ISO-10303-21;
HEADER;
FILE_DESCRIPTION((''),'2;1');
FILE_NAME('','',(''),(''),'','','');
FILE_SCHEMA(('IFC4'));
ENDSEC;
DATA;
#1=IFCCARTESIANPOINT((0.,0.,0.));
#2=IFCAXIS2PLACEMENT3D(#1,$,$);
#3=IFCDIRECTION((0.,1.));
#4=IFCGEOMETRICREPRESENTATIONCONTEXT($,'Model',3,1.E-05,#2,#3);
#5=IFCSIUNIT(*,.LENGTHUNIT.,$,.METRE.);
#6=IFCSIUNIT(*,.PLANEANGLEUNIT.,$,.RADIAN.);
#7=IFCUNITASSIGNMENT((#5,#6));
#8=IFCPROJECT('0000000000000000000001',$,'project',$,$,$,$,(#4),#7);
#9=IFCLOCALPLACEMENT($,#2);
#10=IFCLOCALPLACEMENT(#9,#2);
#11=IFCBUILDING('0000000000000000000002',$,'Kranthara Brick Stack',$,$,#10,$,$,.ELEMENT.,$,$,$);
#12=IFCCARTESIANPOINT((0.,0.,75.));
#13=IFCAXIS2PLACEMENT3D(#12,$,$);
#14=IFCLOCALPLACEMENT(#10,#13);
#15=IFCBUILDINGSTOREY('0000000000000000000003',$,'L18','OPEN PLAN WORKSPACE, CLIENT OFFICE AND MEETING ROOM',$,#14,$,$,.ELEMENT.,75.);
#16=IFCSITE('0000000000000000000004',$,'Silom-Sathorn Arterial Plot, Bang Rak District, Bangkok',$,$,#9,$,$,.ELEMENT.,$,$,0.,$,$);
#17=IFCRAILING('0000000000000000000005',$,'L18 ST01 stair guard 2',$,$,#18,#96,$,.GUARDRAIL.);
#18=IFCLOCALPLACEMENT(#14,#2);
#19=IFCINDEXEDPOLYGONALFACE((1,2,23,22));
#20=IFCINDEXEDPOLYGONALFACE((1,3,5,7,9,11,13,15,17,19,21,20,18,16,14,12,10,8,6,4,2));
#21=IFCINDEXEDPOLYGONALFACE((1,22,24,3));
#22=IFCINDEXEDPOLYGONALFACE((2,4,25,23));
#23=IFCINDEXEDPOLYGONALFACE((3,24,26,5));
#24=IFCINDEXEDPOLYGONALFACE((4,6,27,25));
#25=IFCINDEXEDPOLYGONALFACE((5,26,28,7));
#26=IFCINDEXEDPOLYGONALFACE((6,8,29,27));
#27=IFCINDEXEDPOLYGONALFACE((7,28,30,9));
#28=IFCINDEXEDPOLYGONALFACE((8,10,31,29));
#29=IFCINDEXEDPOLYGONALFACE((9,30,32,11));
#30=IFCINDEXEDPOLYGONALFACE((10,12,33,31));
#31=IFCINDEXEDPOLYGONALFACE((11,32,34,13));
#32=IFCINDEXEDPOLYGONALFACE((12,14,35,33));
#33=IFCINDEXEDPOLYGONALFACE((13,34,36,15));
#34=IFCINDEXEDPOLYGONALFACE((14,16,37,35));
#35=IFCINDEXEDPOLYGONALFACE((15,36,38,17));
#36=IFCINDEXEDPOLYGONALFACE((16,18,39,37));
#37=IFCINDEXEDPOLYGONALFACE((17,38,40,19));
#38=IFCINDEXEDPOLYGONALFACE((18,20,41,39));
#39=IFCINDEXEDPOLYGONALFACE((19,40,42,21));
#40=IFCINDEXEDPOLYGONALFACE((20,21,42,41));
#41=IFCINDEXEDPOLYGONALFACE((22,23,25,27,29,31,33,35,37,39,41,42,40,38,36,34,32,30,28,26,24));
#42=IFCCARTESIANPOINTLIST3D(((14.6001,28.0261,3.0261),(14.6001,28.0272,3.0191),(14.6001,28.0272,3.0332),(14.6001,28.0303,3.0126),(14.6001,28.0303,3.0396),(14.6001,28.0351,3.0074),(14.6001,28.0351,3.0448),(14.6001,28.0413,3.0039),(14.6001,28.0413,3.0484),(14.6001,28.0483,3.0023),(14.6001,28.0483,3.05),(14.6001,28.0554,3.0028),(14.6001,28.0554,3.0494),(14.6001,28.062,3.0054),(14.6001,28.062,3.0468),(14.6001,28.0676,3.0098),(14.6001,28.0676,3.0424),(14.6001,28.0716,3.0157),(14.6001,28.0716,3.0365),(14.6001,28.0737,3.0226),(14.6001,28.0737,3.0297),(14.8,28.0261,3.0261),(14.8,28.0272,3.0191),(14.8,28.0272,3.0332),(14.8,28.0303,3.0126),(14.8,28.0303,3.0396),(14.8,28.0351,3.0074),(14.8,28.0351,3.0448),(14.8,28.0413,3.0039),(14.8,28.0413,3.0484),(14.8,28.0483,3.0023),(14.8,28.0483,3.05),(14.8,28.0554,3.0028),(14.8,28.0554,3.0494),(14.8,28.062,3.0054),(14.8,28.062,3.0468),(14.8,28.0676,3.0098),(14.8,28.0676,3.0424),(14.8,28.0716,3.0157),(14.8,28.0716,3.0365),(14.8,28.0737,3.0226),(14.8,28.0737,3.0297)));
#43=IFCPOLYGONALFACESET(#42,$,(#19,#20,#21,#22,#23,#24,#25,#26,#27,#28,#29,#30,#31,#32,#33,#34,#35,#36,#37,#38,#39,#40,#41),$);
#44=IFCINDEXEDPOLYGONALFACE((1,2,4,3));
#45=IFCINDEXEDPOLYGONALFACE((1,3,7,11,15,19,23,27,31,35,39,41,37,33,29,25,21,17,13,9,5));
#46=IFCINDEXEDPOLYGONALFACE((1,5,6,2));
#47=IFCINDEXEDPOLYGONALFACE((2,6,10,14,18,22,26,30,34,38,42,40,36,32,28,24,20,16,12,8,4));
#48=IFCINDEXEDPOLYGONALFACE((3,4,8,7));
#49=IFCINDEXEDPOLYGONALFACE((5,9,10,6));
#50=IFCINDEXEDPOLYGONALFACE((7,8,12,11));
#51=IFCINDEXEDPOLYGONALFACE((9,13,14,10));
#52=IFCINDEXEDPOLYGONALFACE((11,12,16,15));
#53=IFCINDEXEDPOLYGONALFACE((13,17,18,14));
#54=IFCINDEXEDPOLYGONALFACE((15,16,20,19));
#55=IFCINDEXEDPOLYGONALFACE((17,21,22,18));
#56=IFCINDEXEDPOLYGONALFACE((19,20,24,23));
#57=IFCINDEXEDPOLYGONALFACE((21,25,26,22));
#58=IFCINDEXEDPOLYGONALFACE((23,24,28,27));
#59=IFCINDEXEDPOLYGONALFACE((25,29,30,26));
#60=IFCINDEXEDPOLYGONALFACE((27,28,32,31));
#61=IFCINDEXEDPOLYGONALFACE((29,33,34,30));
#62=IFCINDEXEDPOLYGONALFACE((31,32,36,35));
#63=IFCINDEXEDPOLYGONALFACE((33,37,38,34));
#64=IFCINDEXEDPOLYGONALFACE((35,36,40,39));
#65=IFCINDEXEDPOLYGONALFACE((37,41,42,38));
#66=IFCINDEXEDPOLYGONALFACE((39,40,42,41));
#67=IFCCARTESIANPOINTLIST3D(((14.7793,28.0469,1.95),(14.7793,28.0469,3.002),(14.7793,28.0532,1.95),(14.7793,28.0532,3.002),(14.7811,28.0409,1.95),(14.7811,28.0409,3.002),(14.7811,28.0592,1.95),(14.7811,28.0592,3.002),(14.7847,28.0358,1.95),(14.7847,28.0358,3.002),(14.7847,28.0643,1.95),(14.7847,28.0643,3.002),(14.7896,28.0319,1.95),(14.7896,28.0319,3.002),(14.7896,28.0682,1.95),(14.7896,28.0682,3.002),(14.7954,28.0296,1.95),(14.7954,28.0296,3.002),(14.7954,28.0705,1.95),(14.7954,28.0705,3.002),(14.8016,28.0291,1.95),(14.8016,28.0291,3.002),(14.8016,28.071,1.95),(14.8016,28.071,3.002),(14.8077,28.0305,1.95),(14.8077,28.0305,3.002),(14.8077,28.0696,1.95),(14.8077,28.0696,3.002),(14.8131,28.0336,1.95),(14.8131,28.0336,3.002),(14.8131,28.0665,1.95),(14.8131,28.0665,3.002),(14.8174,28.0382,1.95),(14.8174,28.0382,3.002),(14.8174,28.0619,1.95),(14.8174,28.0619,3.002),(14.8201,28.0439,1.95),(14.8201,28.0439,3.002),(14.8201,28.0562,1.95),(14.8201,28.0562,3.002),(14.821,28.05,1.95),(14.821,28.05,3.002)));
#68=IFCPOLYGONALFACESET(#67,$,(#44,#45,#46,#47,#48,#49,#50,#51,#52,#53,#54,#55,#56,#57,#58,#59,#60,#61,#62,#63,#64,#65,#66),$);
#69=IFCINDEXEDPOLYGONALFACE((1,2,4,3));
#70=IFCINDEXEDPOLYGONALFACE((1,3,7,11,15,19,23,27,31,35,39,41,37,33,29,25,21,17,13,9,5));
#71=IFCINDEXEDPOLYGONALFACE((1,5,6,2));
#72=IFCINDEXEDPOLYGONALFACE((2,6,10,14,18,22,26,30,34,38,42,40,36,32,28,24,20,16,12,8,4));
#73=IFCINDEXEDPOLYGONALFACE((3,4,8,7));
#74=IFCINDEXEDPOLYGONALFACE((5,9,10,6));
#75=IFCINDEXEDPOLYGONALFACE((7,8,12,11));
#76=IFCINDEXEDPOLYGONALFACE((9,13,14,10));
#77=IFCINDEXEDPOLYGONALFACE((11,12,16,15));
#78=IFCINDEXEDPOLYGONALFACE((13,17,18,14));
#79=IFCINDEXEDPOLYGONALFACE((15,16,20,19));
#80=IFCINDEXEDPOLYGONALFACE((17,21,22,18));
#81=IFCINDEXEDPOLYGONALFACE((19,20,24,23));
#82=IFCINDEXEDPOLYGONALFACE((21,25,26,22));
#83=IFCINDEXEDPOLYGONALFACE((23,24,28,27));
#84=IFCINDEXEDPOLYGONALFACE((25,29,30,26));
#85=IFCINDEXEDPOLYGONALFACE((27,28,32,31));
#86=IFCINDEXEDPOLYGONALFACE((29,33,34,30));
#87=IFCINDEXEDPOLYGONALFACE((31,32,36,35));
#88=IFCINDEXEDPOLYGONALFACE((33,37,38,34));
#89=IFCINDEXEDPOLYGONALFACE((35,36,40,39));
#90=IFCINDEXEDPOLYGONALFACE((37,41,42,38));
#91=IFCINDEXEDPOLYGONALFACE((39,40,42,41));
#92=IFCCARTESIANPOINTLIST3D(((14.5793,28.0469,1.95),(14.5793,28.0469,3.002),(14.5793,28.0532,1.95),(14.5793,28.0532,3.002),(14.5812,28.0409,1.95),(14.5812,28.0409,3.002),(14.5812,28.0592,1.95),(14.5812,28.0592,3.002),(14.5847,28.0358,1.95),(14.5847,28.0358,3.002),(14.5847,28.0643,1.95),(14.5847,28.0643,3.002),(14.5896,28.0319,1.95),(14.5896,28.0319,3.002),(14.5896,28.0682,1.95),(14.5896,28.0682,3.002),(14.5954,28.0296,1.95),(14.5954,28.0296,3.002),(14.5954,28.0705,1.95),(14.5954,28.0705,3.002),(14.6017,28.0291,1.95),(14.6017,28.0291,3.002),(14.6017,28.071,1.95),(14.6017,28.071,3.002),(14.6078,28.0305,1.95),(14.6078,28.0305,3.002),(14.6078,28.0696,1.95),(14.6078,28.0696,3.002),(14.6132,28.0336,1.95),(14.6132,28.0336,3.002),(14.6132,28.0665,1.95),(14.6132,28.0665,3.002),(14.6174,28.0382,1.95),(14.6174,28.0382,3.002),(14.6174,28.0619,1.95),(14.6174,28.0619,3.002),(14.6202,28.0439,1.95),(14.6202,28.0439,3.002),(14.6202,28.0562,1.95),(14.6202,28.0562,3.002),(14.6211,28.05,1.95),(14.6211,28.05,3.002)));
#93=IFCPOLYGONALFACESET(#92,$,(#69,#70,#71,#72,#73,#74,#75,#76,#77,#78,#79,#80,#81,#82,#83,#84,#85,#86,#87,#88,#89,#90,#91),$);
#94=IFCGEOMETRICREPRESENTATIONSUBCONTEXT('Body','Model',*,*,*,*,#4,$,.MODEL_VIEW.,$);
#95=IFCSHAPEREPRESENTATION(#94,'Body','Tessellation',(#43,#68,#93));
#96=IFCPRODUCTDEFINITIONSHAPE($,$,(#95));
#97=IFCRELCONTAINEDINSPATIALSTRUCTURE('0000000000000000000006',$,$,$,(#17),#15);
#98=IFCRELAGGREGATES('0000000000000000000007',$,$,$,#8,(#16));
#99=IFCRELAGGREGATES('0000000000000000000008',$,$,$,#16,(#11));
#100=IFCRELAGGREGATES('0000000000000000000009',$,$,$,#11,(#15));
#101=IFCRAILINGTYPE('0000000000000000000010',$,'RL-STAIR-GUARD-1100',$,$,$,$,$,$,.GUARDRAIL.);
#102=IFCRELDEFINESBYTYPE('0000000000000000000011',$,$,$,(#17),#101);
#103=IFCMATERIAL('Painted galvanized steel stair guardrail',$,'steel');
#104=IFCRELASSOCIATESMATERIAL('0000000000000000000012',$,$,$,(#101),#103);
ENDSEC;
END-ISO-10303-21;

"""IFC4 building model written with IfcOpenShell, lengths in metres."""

from ifc_helpers import new_model, si_unit, direction, frame, origin, origin_2d, place, context, subcontext, project, spatial, circle, extrude, material, type_object, element, save


model = new_model("IFC4")

# Units and contexts
model_context = context("Model", 3, precision=1e-05, world=origin(), true_north=direction((0.0, 1.0)))
body_context = subcontext(model_context, "Body", "Model", "MODEL_VIEW")
ifc_project = project(units=[si_unit("LENGTHUNIT", "METRE"), si_unit("PLANEANGLEUNIT", "RADIAN")], contexts=[model_context])

# Site, building, storey
site_placement = place(None, origin())
site = spatial("IfcSite", under=ifc_project, at=site_placement, Name="Silom-Sathorn Arterial Plot, Bang Rak District, Bangkok", CompositionType="ELEMENT", RefElevation=0.0)
building_placement = place(site_placement, origin())
building = spatial("IfcBuilding", under=site, at=building_placement, Name="Kranthara Brick Stack", CompositionType="ELEMENT")
storey_placement = place(building_placement, frame((0.0, 0.0, 75.0)))
storey = spatial("IfcBuildingStorey", under=building, at=storey_placement, Name="L18", Description="OPEN PLAN WORKSPACE, CLIENT OFFICE AND MEETING ROOM", CompositionType="ELEMENT", Elevation=75.0)

# Railing
ifc_material_1 = material(Name="Painted galvanized steel stair guardrail", Category="steel")
railing_type_1 = type_object("IfcRailingType", Name="RL-STAIR-GUARD-1100", PredefinedType="GUARDRAIL", material=ifc_material_1)
railing_1_placement = place(storey_placement, frame((14.8, 28.05, 1.95)))
element("IfcRailing", 1, at=railing_1_placement, inside=storey, type_object=railing_type_1, Name="L18 ST01 stair guard 2", PredefinedType="GUARDRAIL", context=body_context, shape_type="SweptSolid", body=[
    extrude(circle(Radius=0.0239, at=origin_2d()), frame((0.0, 0.0, 1.0762), z_axis=(-1.0, 0.0, 0.0), x_axis=(0.0, -1.0, 0.0)), (0.0, 0.0, 1.0), 0.2),
    extrude(circle(Radius=0.021, at=origin_2d()), origin(), (0.0, 0.0, 1.0), 1.052),
    extrude(circle(Radius=0.021, at=origin_2d()), frame((-0.2, 0.0, 0.0)), (0.0, 0.0, 1.0), 1.052),
])

save(model, "model.ifc")
